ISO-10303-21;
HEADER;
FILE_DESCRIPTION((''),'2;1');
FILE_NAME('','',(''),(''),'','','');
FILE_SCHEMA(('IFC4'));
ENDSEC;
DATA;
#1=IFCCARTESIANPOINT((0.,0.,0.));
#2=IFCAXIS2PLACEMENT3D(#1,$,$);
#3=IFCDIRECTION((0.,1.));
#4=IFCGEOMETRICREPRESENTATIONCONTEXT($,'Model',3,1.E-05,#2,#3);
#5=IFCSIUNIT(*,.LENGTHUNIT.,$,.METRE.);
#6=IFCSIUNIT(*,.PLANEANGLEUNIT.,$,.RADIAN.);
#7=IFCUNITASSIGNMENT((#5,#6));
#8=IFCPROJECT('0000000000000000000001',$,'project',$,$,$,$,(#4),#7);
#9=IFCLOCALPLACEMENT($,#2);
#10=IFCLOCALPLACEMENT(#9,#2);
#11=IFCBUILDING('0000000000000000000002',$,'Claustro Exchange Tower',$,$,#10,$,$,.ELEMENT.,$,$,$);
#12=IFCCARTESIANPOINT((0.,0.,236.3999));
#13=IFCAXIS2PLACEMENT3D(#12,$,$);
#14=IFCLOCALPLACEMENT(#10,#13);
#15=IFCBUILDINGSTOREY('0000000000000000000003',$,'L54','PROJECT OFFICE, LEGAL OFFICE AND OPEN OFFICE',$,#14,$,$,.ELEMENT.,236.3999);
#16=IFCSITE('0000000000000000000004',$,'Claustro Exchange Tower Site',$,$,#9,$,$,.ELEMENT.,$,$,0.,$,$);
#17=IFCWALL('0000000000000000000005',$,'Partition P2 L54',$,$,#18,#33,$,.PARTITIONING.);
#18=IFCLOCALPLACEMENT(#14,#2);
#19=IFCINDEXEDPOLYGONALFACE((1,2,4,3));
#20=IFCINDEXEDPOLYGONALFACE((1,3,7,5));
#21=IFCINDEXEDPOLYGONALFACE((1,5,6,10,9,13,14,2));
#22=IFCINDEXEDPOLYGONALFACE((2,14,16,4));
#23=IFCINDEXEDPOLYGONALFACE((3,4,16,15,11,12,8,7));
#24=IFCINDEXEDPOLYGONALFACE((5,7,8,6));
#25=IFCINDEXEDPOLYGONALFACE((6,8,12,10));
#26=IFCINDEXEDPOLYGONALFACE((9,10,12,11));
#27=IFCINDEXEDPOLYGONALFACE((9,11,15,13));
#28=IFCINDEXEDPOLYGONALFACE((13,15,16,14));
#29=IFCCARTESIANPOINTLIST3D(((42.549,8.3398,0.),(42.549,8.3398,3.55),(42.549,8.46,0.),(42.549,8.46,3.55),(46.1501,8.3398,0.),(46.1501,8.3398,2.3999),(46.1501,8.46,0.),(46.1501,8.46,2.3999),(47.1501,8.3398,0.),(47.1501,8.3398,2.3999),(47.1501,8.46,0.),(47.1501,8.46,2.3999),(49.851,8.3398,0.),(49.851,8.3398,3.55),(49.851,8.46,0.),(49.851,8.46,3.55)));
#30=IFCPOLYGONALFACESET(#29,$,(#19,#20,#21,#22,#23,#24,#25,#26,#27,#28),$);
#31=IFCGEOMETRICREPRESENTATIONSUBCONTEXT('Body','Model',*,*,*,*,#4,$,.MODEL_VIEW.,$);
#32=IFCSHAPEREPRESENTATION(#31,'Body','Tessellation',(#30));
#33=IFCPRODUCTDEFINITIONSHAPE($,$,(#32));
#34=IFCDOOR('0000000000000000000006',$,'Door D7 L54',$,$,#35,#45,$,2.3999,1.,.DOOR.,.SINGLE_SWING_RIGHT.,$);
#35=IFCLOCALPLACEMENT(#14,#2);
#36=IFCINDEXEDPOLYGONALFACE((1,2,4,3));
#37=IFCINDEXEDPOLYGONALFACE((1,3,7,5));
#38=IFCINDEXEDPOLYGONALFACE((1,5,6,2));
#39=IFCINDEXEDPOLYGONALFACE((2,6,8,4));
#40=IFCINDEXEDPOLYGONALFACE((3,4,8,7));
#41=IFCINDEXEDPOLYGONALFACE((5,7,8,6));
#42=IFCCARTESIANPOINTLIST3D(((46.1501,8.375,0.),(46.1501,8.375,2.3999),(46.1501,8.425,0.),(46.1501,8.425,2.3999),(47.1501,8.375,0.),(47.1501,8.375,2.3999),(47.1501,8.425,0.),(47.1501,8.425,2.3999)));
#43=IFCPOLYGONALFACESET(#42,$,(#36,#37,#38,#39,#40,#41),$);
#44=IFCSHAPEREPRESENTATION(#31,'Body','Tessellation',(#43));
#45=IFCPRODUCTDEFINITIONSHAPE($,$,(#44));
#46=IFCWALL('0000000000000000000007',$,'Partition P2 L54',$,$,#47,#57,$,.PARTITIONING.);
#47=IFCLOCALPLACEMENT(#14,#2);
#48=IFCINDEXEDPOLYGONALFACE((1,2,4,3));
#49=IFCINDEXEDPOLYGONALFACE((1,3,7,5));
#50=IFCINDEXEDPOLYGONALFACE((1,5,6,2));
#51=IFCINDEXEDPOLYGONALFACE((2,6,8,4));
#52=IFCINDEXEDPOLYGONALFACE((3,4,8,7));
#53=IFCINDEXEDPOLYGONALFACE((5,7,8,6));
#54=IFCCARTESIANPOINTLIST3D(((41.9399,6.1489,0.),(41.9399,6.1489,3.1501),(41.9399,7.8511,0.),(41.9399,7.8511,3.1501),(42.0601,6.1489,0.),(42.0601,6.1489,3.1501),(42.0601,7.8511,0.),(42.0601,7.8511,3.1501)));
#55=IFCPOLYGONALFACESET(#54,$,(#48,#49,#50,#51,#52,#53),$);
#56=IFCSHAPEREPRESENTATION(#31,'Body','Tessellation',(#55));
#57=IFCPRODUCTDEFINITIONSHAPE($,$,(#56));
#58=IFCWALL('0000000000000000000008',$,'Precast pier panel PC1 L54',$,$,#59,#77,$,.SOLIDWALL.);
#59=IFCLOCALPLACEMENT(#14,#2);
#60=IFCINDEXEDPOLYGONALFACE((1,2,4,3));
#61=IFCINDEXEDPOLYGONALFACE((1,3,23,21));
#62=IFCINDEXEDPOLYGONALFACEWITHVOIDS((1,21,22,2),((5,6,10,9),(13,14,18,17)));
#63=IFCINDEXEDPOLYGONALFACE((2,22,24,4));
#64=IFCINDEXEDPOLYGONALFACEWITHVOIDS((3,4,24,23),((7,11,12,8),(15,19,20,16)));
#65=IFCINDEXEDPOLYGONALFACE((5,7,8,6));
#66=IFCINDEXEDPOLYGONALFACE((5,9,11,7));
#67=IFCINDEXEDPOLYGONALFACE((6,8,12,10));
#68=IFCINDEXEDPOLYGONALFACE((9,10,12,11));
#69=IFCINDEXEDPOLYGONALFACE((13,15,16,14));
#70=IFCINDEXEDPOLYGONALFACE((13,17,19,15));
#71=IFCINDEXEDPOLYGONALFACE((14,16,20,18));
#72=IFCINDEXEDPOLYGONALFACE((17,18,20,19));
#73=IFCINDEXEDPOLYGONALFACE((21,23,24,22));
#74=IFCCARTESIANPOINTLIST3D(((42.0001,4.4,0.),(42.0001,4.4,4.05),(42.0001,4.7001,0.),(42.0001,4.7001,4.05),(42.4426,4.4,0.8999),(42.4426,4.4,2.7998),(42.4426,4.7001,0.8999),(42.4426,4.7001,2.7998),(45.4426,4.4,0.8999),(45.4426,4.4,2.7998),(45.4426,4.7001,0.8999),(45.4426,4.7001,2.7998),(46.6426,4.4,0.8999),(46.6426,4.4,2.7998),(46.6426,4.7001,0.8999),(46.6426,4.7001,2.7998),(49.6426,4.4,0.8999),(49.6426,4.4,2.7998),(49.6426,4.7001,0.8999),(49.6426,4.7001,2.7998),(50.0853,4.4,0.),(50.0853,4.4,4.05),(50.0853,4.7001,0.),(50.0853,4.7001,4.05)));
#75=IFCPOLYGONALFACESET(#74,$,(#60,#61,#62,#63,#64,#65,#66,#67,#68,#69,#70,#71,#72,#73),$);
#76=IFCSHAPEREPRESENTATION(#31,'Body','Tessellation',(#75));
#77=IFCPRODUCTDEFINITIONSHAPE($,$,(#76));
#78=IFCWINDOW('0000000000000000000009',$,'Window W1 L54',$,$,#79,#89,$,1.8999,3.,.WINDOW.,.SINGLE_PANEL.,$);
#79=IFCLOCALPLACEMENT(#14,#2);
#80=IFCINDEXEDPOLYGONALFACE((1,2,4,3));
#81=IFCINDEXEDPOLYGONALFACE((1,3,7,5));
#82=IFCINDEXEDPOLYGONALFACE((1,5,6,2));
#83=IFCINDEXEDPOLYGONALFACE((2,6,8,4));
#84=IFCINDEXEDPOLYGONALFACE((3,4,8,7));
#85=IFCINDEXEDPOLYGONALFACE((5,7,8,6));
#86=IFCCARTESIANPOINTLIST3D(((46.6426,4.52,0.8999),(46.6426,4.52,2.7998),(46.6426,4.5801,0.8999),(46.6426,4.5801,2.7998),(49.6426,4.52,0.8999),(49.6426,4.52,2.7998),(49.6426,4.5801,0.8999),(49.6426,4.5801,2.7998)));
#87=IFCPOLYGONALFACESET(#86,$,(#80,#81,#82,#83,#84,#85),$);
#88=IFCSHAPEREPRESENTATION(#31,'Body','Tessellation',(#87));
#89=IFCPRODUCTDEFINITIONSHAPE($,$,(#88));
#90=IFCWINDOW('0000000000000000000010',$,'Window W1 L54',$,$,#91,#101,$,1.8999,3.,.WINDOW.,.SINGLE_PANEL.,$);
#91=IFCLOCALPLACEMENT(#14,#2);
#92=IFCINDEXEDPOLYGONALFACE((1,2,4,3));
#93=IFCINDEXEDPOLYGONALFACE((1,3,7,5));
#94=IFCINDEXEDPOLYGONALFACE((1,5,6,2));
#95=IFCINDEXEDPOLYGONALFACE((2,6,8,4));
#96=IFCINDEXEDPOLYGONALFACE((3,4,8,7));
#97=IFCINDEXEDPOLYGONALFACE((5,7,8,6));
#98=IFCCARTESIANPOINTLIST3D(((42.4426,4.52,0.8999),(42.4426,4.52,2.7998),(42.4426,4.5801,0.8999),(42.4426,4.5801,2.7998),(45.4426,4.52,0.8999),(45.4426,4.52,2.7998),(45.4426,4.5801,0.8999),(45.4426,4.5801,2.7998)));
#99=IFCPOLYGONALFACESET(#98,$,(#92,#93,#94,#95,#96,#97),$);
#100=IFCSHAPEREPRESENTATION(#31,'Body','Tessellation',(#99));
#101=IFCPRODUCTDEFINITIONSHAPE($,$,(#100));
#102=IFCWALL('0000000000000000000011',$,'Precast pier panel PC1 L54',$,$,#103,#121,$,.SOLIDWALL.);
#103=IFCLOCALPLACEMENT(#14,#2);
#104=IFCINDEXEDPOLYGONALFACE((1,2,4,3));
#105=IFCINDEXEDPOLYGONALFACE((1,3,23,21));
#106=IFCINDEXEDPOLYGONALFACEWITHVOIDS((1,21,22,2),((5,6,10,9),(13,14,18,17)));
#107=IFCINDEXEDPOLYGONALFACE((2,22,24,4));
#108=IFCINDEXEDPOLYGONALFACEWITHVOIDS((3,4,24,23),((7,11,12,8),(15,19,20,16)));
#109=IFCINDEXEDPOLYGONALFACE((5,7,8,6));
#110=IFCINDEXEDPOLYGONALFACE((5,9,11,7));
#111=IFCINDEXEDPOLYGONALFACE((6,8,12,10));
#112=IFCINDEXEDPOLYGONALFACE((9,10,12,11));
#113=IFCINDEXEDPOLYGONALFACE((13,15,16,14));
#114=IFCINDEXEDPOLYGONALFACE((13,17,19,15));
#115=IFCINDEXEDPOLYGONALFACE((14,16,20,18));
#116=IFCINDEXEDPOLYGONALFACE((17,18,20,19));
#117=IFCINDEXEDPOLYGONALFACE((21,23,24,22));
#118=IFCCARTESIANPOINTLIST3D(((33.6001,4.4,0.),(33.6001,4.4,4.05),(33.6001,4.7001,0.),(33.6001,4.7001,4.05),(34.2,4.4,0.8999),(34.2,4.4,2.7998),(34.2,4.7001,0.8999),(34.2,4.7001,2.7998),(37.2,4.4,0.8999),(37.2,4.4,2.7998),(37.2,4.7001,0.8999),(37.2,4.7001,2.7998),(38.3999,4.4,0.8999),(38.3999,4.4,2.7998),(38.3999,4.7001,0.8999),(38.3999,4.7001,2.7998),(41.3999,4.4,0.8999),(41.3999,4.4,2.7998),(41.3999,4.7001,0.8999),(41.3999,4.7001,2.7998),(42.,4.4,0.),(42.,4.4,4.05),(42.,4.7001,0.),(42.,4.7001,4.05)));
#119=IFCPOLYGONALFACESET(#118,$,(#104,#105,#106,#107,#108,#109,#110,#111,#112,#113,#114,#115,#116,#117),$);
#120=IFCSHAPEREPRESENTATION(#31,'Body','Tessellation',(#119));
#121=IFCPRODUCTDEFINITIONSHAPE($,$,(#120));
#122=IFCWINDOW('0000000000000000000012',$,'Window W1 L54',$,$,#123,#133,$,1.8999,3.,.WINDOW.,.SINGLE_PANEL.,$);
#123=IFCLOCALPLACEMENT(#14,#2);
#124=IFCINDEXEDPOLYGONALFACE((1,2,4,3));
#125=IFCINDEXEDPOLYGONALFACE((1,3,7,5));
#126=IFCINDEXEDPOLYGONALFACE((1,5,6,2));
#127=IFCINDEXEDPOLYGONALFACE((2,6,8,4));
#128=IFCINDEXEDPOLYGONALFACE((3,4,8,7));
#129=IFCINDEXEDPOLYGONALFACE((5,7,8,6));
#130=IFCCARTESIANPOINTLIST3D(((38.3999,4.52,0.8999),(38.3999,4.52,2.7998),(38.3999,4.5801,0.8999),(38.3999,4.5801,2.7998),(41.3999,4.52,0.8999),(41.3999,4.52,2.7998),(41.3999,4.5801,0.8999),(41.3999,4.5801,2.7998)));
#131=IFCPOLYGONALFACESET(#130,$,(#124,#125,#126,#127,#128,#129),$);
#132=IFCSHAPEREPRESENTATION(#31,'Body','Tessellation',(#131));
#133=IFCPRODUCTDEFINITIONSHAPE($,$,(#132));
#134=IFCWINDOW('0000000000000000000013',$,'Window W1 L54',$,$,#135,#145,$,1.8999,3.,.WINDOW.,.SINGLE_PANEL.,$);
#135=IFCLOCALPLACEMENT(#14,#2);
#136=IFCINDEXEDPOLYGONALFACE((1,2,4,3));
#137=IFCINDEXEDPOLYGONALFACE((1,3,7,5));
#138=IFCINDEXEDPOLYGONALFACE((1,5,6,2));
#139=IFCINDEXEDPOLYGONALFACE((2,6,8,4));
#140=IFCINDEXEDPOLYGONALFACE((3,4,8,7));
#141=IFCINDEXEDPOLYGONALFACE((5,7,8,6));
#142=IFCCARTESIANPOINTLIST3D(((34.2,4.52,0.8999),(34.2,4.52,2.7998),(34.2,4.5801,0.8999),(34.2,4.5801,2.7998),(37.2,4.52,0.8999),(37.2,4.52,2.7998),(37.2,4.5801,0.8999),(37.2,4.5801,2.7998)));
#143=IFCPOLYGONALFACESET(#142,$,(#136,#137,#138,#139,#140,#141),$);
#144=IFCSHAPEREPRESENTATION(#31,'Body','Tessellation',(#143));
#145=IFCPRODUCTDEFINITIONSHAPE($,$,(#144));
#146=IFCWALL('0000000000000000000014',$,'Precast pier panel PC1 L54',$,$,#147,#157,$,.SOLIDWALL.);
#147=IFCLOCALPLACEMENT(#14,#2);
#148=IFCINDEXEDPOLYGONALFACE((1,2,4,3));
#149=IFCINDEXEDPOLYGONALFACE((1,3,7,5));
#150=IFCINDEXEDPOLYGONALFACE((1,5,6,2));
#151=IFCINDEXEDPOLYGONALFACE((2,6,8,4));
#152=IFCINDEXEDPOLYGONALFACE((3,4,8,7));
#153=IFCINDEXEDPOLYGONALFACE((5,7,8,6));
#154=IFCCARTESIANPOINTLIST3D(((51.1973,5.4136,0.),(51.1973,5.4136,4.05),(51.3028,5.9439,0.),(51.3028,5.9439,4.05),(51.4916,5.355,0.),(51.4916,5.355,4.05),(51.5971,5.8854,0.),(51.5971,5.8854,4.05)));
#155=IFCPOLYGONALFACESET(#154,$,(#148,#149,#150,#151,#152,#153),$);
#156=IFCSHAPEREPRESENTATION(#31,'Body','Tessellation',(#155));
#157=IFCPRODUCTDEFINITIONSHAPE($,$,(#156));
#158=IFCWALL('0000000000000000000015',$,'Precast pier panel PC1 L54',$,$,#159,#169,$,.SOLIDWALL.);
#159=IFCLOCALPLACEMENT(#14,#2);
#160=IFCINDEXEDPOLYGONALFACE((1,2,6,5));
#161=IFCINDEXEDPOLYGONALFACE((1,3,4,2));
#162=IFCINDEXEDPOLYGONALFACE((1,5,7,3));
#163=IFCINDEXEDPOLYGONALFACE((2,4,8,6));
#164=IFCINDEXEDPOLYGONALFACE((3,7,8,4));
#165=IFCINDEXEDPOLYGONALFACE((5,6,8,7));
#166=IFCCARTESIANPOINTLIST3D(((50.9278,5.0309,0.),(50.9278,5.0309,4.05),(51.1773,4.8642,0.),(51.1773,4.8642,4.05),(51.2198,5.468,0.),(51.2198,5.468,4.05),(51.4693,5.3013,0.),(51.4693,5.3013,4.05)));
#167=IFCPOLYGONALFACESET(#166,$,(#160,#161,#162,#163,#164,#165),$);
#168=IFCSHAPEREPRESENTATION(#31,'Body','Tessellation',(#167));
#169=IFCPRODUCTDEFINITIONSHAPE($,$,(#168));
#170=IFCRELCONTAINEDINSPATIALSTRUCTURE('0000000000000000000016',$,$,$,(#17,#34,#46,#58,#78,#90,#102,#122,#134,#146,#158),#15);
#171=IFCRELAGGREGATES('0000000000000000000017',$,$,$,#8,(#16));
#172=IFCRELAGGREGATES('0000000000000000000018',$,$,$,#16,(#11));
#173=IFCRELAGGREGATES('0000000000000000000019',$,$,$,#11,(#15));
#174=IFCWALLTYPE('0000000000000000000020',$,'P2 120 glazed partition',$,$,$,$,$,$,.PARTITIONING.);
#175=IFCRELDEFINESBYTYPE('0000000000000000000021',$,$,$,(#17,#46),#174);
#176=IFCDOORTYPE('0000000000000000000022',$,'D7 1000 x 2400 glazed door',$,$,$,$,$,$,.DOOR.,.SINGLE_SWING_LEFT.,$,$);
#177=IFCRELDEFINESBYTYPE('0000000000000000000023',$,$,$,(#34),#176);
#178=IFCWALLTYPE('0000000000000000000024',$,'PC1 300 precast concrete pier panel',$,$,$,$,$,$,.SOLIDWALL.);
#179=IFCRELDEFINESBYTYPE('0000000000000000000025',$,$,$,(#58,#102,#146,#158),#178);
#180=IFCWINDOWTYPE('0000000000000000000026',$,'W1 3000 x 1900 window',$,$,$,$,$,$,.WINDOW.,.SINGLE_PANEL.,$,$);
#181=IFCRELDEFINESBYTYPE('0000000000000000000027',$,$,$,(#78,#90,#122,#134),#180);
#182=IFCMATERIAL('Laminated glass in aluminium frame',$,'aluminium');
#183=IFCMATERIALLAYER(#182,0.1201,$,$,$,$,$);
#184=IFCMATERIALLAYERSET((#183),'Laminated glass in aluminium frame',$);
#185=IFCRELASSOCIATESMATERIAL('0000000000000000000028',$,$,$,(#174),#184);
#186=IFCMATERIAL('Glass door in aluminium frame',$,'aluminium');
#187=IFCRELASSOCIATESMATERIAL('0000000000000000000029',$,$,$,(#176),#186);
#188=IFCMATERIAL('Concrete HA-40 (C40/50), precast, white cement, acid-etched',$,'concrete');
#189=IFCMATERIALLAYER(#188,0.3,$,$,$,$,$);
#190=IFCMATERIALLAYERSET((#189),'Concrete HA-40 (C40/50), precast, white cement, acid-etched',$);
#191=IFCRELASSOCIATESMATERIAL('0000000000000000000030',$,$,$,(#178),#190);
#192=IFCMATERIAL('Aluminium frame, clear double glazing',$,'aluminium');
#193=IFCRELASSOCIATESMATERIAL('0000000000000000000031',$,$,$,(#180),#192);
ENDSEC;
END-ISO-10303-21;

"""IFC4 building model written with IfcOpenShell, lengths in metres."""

from ifc_helpers import new_model, si_unit, direction, frame, frame_2d, origin, place, context, subcontext, project, spatial, rectangle, extrude, material, layer, layer_set, type_object, element, fill, save


model = new_model("IFC4")

# Units and contexts
model_context = context("Model", 3, precision=1e-05, world=origin(), true_north=direction((0.0, 1.0)))
body_context = subcontext(model_context, "Body", "Model", "MODEL_VIEW")
ifc_project = project(units=[si_unit("LENGTHUNIT", "METRE"), si_unit("PLANEANGLEUNIT", "RADIAN")], contexts=[model_context])

# Site, building, storey
site_placement = place(None, origin())
site = spatial("IfcSite", under=ifc_project, at=site_placement, Name="Claustro Exchange Tower Site", CompositionType="ELEMENT", RefElevation=0.0)
building_placement = place(site_placement, origin())
building = spatial("IfcBuilding", under=site, at=building_placement, Name="Claustro Exchange Tower", CompositionType="ELEMENT")
storey_placement = place(building_placement, frame((0.0, 0.0, 236.3999)))
storey = spatial("IfcBuildingStorey", under=building, at=storey_placement, Name="L54", Description="PROJECT OFFICE, LEGAL OFFICE AND OPEN OFFICE", CompositionType="ELEMENT", Elevation=236.3999)

# Wall, opening, door
ifc_material_1 = material(Name="Laminated glass in aluminium frame", Category="aluminium")
ifc_layer_1 = layer(ifc_material_1, 0.1201)
ifc_layer_set_1 = layer_set([ifc_layer_1], Name="Laminated glass in aluminium frame")
wall_type_1 = type_object("IfcWallType", Name="P2 120 glazed partition", PredefinedType="PARTITIONING", material=ifc_layer_set_1)
wall_1_placement = place(storey_placement, frame((42.5491, 8.3999, 0.0), z_axis=(0.0, 0.0, 1.0), x_axis=(1.0, 0.0, 0.0)))
wall_1 = element("IfcWall", 1, at=wall_1_placement, inside=storey, type_object=wall_type_1, Name="Partition P2 L54", PredefinedType="PARTITIONING", context=body_context, shape_type="SweptSolid", body=[
    extrude(rectangle(XDim=7.302, YDim=0.1201, at=frame_2d((3.6509, 0.0))), origin(), (0.0, 0.0, 1.0), 3.55),
])
opening_1_placement = place(wall_1_placement, frame((3.6011, 0.0, 0.0)))
opening_1 = element("IfcOpeningElement", 2, at=opening_1_placement, cuts=wall_1, PredefinedType="OPENING", context=body_context, shape_type="SweptSolid", body=[
    extrude(rectangle(XDim=1.0, YDim=2.3999, at=frame_2d((0.5, 1.2))), frame((0.0, 0.0701, 0.0), z_axis=(0.0, -1.0, 0.0), x_axis=(1.0, 0.0, 0.0)), (0.0, 0.0, 1.0), 0.1401),
])
ifc_material_2 = material(Name="Glass door in aluminium frame", Category="aluminium")
door_type = type_object("IfcDoorType", Name="D7 1000 x 2400 glazed door", OperationType="SINGLE_SWING_LEFT", PredefinedType="DOOR", material=ifc_material_2)
door_placement = place(opening_1_placement, frame((1.0, 0.0, 0.0), z_axis=(0.0, 0.0, 1.0), x_axis=(-1.0, 0.0, 0.0)))
door = element("IfcDoor", 3, at=door_placement, inside=storey, type_object=door_type, Name="Door D7 L54", OperationType="SINGLE_SWING_RIGHT", OverallHeight=2.3999, OverallWidth=1.0, PredefinedType="DOOR", context=body_context, shape_type="SweptSolid", body=[
    extrude(rectangle(XDim=1.0, YDim=2.3999, at=frame_2d((0.5, 1.2))), frame((0.0, 0.0249, 0.0), z_axis=(0.0, -1.0, 0.0), x_axis=(1.0, 0.0, 0.0)), (0.0, 0.0, 1.0), 0.05),
])
fill(opening_1, door)

# Wall
wall_2_placement = place(storey_placement, frame((42.0, 6.1489, 0.0), z_axis=(0.0, 0.0, 1.0), x_axis=(0.0, 1.0, 0.0)))
element("IfcWall", 4, at=wall_2_placement, inside=storey, type_object=wall_type_1, Name="Partition P2 L54", PredefinedType="PARTITIONING", context=body_context, shape_type="SweptSolid", body=[
    extrude(rectangle(XDim=1.7021, YDim=0.1201, at=frame_2d((0.8511, 0.0))), origin(), (0.0, 0.0, 1.0), 3.1501),
])

# Walls, openings, windows
ifc_material_3 = material(Name="Concrete HA-40 (C40/50), precast, white cement, acid-etched", Category="concrete")
ifc_layer_2 = layer(ifc_material_3, 0.3)
ifc_layer_set_2 = layer_set([ifc_layer_2], Name="Concrete HA-40 (C40/50), precast, white cement, acid-etched")
wall_type_2 = type_object("IfcWallType", Name="PC1 300 precast concrete pier panel", PredefinedType="SOLIDWALL", material=ifc_layer_set_2)
wall_3_placement = place(storey_placement, frame((50.0852, 4.55, 0.0), z_axis=(0.0, 0.0, 1.0), x_axis=(-1.0, 0.0, 0.0)))
wall_3 = element("IfcWall", 5, at=wall_3_placement, inside=storey, type_object=wall_type_2, Name="Precast pier panel PC1 L54", PredefinedType="SOLIDWALL", context=body_context, shape_type="SweptSolid", body=[
    extrude(rectangle(XDim=8.0852, YDim=0.3, at=frame_2d((4.0425, 0.0))), origin(), (0.0, 0.0, 1.0), 4.05),
])
opening_2_placement = place(wall_3_placement, frame((0.4426, 0.0, 0.8999)))
opening_2 = element("IfcOpeningElement", 6, at=opening_2_placement, cuts=wall_3, PredefinedType="OPENING", context=body_context, shape_type="SweptSolid", body=[
    extrude(rectangle(XDim=3.0, YDim=1.8999, at=frame_2d((1.5, 0.95))), frame((0.0, 0.1599, 0.0), z_axis=(0.0, -1.0, 0.0), x_axis=(1.0, 0.0, 0.0)), (0.0, 0.0, 1.0), 0.3201),
])
opening_3_placement = place(wall_3_placement, frame((4.6426, 0.0, 0.8999)))
opening_3 = element("IfcOpeningElement", 7, at=opening_3_placement, cuts=wall_3, PredefinedType="OPENING", context=body_context, shape_type="SweptSolid", body=[
    extrude(rectangle(XDim=3.0, YDim=1.8999, at=frame_2d((1.5, 0.95))), frame((0.0, 0.1599, 0.0), z_axis=(0.0, -1.0, 0.0), x_axis=(1.0, 0.0, 0.0)), (0.0, 0.0, 1.0), 0.3201),
])
ifc_material_4 = material(Name="Aluminium frame, clear double glazing", Category="aluminium")
window_type = type_object("IfcWindowType", Name="W1 3000 x 1900 window", PartitioningType="SINGLE_PANEL", PredefinedType="WINDOW", material=ifc_material_4)
window_1_placement = place(opening_2_placement, origin())
window_1 = element("IfcWindow", 8, at=window_1_placement, inside=storey, type_object=window_type, Name="Window W1 L54", OverallHeight=1.8999, OverallWidth=3.0, PartitioningType="SINGLE_PANEL", PredefinedType="WINDOW", context=body_context, shape_type="SweptSolid", body=[
    extrude(rectangle(XDim=3.0, YDim=1.8999, at=frame_2d((1.5, 0.95))), frame((0.0, 0.03, 0.0), z_axis=(0.0, -1.0, 0.0), x_axis=(1.0, 0.0, 0.0)), (0.0, 0.0, 1.0), 0.0601),
])
fill(opening_2, window_1)
window_2_placement = place(opening_3_placement, origin())
window_2 = element("IfcWindow", 9, at=window_2_placement, inside=storey, type_object=window_type, Name="Window W1 L54", OverallHeight=1.8999, OverallWidth=3.0, PartitioningType="SINGLE_PANEL", PredefinedType="WINDOW", context=body_context, shape_type="SweptSolid", body=[
    extrude(rectangle(XDim=3.0, YDim=1.8999, at=frame_2d((1.5, 0.95))), frame((0.0, 0.03, 0.0), z_axis=(0.0, -1.0, 0.0), x_axis=(1.0, 0.0, 0.0)), (0.0, 0.0, 1.0), 0.0601),
])
fill(opening_3, window_2)
wall_4_placement = place(storey_placement, frame((42.0, 4.55, 0.0), z_axis=(0.0, 0.0, 1.0), x_axis=(-1.0, 0.0, 0.0)))
wall_4 = element("IfcWall", 10, at=wall_4_placement, inside=storey, type_object=wall_type_2, Name="Precast pier panel PC1 L54", PredefinedType="SOLIDWALL", context=body_context, shape_type="SweptSolid", body=[
    extrude(rectangle(XDim=8.3999, YDim=0.3, at=frame_2d((4.2, 0.0))), origin(), (0.0, 0.0, 1.0), 4.05),
])
opening_4_placement = place(wall_4_placement, frame((0.6001, 0.0, 0.8999)))
opening_4 = element("IfcOpeningElement", 11, at=opening_4_placement, cuts=wall_4, PredefinedType="OPENING", context=body_context, shape_type="SweptSolid", body=[
    extrude(rectangle(XDim=3.0, YDim=1.8999, at=frame_2d((1.5, 0.95))), frame((0.0, 0.1599, 0.0), z_axis=(0.0, -1.0, 0.0), x_axis=(1.0, 0.0, 0.0)), (0.0, 0.0, 1.0), 0.3201),
])
opening_5_placement = place(wall_4_placement, frame((4.8, 0.0, 0.8999)))
opening_5 = element("IfcOpeningElement", 12, at=opening_5_placement, cuts=wall_4, PredefinedType="OPENING", context=body_context, shape_type="SweptSolid", body=[
    extrude(rectangle(XDim=3.0, YDim=1.8999, at=frame_2d((1.5, 0.95))), frame((0.0, 0.1599, 0.0), z_axis=(0.0, -1.0, 0.0), x_axis=(1.0, 0.0, 0.0)), (0.0, 0.0, 1.0), 0.3201),
])
window_3_placement = place(opening_4_placement, origin())
window_3 = element("IfcWindow", 13, at=window_3_placement, inside=storey, type_object=window_type, Name="Window W1 L54", OverallHeight=1.8999, OverallWidth=3.0, PartitioningType="SINGLE_PANEL", PredefinedType="WINDOW", context=body_context, shape_type="SweptSolid", body=[
    extrude(rectangle(XDim=3.0, YDim=1.8999, at=frame_2d((1.5, 0.95))), frame((0.0, 0.03, 0.0), z_axis=(0.0, -1.0, 0.0), x_axis=(1.0, 0.0, 0.0)), (0.0, 0.0, 1.0), 0.0601),
])
fill(opening_4, window_3)
window_4_placement = place(opening_5_placement, origin())
window_4 = element("IfcWindow", 14, at=window_4_placement, inside=storey, type_object=window_type, Name="Window W1 L54", OverallHeight=1.8999, OverallWidth=3.0, PartitioningType="SINGLE_PANEL", PredefinedType="WINDOW", context=body_context, shape_type="SweptSolid", body=[
    extrude(rectangle(XDim=3.0, YDim=1.8999, at=frame_2d((1.5, 0.95))), frame((0.0, 0.03, 0.0), z_axis=(0.0, -1.0, 0.0), x_axis=(1.0, 0.0, 0.0)), (0.0, 0.0, 1.0), 0.0601),
])
fill(opening_5, window_4)

# Walls
wall_5_placement = place(storey_placement, frame((51.45, 5.9148, 0.0), z_axis=(0.0, 0.0, 1.0), x_axis=(-0.195074, -0.980789, 0.0)))
element("IfcWall", 15, at=wall_5_placement, inside=storey, type_object=wall_type_2, Name="Precast pier panel PC1 L54", PredefinedType="SOLIDWALL", context=body_context, shape_type="SweptSolid", body=[
    extrude(rectangle(XDim=0.5408, YDim=0.3, at=frame_2d((0.2705, 0.0))), origin(), (0.0, 0.0, 1.0), 4.05),
])
for number, where, z_axis, x_axis, name in (
    (16, (51.3445, 5.3845, 0.0), (0.0, 0.0, 1.0), (-0.555557, -0.831478, 0.0), "Precast pier panel PC1 L54"),
):
    element("IfcWall", number, at=place(storey_placement, frame(where, z_axis=z_axis, x_axis=x_axis)), inside=storey, type_object=wall_type_2, Name=name, PredefinedType="SOLIDWALL", context=body_context, shape_type="SweptSolid", body=[
        extrude(rectangle(XDim=0.5256, YDim=0.3, at=frame_2d((0.2627, 0.0))), origin(), (0.0, 0.0, 1.0), 4.05),
    ])

save(model, "model.ifc")
